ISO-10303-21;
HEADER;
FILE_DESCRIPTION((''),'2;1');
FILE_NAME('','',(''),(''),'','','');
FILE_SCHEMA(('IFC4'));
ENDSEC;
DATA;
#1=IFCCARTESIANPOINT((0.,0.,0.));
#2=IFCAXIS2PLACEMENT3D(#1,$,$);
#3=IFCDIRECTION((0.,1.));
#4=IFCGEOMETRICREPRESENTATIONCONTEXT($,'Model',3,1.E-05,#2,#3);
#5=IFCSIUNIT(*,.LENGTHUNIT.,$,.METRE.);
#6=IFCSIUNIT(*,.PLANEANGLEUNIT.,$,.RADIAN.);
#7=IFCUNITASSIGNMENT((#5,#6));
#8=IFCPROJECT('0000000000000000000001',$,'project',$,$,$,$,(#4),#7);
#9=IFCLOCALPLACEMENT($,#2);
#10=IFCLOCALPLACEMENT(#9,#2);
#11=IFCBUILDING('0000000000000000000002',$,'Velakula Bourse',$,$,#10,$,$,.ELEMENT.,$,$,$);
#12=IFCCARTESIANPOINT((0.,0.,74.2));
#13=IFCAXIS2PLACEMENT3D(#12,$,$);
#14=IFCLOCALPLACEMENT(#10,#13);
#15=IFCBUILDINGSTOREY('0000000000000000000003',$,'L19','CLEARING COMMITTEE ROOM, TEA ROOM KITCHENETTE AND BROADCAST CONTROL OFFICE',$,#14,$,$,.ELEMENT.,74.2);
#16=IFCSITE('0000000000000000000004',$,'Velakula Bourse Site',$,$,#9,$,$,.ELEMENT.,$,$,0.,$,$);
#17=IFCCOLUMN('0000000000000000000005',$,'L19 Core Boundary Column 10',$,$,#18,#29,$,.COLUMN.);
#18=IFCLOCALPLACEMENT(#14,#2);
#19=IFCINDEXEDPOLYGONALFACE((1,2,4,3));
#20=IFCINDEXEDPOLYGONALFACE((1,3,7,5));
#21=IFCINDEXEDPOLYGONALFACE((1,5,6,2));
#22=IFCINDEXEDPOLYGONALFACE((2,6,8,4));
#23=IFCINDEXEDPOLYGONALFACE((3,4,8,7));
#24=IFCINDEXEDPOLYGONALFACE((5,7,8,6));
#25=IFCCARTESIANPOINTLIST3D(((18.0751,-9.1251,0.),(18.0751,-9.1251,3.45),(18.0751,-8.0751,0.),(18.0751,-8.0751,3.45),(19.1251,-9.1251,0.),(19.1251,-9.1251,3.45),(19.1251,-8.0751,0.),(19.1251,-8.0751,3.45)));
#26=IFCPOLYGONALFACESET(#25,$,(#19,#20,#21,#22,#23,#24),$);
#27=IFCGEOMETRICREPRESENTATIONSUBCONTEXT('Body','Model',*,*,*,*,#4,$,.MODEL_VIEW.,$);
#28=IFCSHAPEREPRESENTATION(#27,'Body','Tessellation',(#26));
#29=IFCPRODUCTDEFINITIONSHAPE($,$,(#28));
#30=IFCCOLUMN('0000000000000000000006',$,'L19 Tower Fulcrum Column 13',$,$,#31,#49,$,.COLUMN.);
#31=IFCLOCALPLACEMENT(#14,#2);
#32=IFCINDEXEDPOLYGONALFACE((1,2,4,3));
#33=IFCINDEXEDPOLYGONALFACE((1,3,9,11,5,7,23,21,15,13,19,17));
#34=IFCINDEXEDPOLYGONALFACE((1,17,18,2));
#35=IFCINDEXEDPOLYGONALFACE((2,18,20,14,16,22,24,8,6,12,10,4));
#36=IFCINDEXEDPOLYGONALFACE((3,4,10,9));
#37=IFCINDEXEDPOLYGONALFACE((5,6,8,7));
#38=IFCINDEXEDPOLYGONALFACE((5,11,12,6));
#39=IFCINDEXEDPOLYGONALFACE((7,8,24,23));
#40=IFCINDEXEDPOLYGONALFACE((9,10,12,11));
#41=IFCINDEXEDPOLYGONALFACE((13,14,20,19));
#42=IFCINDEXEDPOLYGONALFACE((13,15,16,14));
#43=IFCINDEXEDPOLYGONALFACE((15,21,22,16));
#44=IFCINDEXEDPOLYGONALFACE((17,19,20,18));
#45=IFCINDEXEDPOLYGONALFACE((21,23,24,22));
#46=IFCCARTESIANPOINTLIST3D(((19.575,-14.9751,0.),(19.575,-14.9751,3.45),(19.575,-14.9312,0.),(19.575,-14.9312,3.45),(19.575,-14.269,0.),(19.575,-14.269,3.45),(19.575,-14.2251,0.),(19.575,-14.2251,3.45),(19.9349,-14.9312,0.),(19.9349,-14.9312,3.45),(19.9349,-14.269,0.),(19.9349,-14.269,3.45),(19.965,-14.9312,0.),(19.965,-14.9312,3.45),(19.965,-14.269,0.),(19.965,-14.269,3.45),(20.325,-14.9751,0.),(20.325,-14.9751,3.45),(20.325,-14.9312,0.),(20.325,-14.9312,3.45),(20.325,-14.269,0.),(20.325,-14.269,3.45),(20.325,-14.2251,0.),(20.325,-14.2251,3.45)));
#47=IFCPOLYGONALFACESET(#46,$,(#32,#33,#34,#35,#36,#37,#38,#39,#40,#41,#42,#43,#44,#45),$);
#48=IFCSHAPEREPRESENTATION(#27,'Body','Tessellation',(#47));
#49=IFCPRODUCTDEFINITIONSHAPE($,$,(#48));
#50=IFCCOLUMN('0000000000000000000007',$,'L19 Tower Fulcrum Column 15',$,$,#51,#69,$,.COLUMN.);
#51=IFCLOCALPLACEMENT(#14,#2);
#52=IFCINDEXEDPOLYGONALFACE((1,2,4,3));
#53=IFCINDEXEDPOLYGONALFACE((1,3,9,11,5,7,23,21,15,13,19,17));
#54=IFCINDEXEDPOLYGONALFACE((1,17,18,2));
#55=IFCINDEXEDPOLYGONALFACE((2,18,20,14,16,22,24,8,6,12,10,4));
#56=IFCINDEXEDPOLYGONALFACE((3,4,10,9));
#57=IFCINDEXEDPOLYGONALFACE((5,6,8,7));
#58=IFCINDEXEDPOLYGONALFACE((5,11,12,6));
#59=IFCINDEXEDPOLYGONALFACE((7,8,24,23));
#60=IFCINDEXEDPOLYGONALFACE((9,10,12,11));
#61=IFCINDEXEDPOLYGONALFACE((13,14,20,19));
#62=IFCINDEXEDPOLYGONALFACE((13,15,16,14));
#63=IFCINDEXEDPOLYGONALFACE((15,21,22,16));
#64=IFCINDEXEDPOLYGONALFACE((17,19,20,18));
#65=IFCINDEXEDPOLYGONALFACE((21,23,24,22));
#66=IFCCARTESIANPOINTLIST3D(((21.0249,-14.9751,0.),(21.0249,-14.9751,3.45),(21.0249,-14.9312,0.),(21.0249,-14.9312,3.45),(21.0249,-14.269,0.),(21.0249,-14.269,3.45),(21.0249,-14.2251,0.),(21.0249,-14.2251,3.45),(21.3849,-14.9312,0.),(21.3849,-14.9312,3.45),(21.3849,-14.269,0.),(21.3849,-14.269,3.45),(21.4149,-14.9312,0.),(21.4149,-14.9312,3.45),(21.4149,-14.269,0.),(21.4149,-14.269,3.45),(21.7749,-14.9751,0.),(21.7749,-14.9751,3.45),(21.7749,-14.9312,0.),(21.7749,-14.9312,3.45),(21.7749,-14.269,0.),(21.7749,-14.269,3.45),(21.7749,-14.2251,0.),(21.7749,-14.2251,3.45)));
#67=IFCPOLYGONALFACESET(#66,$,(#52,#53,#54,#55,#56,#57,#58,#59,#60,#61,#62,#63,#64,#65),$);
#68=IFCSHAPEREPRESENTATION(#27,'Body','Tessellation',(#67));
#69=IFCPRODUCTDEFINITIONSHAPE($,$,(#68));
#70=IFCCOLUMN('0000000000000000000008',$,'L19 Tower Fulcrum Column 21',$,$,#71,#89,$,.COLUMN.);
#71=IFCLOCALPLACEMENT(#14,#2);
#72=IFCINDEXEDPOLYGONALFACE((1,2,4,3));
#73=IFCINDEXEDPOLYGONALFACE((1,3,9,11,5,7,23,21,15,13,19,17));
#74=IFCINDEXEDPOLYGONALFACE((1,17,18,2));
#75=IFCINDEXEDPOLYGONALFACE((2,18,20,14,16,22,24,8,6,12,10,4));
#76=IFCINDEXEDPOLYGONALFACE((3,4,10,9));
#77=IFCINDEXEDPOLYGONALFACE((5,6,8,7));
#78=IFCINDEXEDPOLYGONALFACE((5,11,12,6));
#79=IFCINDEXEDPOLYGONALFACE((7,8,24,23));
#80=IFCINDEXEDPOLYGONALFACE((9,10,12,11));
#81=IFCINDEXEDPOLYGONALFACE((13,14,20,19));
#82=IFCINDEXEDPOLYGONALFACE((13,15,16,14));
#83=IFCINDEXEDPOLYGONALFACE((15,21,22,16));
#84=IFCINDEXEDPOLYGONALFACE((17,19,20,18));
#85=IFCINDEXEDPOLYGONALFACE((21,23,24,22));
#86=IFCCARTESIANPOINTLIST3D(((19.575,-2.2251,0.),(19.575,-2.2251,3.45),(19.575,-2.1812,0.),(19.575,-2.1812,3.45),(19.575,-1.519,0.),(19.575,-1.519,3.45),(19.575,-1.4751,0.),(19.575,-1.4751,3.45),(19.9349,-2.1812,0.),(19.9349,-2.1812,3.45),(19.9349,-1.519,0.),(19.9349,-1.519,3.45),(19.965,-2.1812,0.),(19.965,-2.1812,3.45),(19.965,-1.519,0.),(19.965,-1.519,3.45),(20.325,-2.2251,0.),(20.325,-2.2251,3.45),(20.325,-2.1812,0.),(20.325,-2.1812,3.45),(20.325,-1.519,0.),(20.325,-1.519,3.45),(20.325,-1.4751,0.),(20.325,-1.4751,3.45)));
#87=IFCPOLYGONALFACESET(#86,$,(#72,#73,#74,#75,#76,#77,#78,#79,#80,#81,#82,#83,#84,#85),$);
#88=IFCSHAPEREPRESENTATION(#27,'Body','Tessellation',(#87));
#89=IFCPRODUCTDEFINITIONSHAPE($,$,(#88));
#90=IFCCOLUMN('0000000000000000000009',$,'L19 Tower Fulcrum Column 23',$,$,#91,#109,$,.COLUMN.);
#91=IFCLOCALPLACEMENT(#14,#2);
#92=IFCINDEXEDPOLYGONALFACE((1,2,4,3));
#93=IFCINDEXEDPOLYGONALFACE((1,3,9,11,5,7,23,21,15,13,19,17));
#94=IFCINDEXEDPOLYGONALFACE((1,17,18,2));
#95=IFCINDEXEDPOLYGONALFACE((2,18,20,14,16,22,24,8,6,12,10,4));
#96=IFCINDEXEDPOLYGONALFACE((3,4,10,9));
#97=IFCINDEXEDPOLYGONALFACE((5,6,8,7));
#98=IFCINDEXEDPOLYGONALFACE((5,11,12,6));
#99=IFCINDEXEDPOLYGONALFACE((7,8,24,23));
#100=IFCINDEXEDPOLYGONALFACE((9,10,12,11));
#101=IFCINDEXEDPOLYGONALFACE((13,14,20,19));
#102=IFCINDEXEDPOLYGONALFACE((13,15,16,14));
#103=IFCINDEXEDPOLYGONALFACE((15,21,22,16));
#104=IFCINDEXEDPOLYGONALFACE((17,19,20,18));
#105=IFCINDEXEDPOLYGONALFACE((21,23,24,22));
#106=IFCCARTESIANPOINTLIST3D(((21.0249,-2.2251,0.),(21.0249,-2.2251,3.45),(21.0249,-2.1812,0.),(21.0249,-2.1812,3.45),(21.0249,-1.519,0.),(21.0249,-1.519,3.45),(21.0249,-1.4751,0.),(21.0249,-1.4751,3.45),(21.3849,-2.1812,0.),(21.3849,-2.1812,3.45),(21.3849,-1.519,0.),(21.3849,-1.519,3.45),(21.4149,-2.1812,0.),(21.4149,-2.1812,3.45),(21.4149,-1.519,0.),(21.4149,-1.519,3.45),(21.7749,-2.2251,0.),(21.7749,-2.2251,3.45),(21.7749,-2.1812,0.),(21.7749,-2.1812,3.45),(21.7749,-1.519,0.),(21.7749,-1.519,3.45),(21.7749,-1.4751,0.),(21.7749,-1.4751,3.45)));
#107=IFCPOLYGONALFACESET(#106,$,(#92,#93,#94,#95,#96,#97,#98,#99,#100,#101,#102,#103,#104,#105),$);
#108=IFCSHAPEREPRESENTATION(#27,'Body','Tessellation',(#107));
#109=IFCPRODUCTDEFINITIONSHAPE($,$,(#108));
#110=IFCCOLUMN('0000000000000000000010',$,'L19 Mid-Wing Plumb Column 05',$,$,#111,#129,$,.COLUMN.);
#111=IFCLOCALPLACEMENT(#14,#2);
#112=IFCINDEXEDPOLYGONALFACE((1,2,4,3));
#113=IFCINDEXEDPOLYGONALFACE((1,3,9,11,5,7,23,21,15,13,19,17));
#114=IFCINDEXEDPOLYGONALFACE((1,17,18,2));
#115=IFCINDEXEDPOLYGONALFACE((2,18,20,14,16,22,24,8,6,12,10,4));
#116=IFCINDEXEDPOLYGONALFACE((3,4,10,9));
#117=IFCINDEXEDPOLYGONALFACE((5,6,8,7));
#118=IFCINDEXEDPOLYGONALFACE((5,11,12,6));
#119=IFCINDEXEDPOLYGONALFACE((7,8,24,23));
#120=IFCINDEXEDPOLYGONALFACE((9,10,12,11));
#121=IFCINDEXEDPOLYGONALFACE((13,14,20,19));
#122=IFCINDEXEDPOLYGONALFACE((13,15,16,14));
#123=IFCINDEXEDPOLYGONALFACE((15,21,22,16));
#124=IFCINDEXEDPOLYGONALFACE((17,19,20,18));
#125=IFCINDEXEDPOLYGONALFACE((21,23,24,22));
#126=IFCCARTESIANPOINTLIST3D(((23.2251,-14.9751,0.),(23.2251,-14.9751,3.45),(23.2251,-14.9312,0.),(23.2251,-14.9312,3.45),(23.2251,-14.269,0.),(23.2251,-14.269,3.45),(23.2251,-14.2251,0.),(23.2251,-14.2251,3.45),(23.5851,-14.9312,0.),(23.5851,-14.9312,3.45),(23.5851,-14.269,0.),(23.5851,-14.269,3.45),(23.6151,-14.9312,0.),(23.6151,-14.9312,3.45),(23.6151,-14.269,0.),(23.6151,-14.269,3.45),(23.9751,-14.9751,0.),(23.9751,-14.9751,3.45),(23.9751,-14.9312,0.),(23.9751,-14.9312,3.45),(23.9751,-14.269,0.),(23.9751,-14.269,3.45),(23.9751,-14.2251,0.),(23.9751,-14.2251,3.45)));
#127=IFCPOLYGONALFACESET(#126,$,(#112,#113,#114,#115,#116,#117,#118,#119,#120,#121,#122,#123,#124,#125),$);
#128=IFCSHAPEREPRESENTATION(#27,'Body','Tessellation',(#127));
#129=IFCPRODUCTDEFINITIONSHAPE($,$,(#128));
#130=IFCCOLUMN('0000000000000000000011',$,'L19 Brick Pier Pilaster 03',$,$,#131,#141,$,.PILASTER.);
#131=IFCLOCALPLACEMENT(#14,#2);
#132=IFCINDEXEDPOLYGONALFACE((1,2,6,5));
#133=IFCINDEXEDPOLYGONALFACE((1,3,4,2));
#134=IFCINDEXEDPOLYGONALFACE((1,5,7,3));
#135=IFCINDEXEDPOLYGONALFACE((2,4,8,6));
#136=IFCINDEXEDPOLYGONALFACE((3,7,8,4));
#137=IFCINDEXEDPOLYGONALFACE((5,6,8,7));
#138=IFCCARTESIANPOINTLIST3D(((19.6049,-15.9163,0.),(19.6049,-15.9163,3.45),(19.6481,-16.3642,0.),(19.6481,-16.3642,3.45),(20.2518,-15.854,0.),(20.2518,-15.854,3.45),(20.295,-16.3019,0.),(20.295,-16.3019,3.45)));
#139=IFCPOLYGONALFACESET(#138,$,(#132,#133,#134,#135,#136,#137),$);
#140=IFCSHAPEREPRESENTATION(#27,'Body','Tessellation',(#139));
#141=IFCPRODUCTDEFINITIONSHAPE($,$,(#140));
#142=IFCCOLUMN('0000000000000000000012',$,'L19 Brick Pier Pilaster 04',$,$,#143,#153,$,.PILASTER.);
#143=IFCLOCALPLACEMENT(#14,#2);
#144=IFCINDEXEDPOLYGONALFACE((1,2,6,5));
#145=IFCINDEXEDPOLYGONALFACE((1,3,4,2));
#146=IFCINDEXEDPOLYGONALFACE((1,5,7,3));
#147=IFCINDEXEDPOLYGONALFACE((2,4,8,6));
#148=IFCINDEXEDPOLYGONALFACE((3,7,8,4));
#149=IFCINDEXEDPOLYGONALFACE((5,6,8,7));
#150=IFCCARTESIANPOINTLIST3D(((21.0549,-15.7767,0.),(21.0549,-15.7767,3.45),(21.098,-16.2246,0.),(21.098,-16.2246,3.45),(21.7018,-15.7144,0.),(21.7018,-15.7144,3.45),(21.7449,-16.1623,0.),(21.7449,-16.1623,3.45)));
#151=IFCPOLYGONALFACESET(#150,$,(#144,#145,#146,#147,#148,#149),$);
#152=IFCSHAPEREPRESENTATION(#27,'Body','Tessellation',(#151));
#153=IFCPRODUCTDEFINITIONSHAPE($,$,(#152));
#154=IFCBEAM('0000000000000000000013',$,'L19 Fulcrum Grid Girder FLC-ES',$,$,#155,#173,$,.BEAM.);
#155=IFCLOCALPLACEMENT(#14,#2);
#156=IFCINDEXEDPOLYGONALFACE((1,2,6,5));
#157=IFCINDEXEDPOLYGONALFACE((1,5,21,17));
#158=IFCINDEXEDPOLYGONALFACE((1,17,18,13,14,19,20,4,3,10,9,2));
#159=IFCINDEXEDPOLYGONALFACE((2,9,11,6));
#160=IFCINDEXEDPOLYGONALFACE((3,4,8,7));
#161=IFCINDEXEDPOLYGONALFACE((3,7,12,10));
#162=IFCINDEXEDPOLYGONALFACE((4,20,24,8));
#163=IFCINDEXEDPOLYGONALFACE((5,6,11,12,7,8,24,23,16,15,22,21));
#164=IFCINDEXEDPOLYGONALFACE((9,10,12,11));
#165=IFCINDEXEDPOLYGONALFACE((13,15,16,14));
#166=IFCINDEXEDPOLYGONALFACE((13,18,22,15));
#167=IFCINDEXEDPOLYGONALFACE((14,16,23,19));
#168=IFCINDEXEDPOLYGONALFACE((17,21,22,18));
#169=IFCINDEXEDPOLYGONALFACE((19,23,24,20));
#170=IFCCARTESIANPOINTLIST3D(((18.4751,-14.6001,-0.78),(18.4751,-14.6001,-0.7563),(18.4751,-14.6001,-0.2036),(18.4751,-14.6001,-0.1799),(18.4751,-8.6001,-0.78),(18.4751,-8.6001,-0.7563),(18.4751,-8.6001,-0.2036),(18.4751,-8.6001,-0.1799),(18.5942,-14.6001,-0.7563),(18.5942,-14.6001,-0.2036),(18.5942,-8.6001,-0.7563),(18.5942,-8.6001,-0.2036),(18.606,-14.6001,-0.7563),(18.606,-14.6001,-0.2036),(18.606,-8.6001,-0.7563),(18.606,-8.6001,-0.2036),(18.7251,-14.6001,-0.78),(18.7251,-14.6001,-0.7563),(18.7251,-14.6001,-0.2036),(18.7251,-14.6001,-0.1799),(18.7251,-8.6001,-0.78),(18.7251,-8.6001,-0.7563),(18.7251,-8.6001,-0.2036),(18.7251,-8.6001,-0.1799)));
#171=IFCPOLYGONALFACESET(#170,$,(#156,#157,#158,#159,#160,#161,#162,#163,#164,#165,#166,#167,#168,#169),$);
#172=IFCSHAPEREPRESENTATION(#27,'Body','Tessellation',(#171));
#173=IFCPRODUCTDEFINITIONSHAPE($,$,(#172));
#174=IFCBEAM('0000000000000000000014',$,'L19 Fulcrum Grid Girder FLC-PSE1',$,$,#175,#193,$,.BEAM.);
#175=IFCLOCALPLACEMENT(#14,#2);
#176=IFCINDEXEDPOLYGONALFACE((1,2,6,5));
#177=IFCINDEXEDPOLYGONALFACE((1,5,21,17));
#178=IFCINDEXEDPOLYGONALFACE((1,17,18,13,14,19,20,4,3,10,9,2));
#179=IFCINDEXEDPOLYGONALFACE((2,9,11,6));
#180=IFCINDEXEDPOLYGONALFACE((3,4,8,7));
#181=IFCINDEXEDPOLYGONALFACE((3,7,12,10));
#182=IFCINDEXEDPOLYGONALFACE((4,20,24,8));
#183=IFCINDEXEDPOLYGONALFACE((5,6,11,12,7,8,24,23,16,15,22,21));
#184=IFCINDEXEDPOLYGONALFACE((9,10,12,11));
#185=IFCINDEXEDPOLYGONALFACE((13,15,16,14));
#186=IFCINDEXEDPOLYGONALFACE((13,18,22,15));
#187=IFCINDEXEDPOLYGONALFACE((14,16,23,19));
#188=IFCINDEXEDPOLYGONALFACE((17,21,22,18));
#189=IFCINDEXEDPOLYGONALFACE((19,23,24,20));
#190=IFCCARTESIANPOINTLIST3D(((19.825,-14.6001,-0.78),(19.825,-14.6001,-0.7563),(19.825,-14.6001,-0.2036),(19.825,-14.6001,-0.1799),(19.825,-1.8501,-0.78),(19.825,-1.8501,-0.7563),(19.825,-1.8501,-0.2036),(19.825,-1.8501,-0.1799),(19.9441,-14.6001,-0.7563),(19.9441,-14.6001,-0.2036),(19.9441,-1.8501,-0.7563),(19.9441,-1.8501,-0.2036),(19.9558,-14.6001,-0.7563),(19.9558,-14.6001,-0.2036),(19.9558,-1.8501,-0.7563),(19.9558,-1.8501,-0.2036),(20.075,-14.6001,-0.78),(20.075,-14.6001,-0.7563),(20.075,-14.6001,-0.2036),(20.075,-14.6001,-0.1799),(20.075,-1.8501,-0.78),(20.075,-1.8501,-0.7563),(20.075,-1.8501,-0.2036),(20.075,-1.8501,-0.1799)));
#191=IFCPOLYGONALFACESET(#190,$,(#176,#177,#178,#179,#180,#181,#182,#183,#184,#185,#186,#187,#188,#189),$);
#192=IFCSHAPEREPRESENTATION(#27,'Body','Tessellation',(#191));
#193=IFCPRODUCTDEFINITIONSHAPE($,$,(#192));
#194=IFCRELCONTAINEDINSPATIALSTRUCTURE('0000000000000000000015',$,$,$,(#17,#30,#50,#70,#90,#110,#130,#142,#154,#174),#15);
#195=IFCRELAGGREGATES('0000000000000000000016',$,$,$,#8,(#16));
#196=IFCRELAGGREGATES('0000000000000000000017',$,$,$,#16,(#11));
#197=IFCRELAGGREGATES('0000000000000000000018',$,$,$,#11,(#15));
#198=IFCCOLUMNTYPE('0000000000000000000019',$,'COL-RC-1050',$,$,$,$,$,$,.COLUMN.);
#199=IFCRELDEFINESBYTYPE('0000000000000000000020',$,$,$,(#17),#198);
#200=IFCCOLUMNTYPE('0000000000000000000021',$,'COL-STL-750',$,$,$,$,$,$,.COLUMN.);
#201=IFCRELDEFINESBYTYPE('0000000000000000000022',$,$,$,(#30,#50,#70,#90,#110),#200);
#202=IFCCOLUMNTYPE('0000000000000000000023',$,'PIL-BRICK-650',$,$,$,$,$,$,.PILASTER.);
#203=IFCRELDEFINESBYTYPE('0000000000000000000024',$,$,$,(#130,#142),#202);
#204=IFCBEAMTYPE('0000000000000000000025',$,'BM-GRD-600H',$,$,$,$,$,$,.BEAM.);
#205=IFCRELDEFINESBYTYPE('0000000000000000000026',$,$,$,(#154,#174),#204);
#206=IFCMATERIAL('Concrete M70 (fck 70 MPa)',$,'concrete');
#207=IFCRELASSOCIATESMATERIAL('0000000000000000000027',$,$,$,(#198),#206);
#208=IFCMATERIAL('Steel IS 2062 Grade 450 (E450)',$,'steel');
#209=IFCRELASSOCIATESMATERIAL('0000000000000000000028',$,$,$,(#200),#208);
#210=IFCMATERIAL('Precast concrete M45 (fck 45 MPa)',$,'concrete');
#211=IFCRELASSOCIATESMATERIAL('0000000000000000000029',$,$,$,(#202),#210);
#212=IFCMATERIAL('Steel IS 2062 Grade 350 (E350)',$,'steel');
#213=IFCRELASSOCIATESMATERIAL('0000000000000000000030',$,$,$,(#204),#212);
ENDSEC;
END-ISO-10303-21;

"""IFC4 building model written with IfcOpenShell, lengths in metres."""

from ifc_helpers import new_model, si_unit, direction, frame, origin, origin_2d, place, context, subcontext, project, spatial, rectangle, i_section, extrude, material, material_profile, profile_set, type_object, element, save


model = new_model("IFC4")

# Units and contexts
model_context = context("Model", 3, precision=1e-05, world=origin(), true_north=direction((0.0, 1.0)))
body_context = subcontext(model_context, "Body", "Model", "MODEL_VIEW")
ifc_project = project(units=[si_unit("LENGTHUNIT", "METRE"), si_unit("PLANEANGLEUNIT", "RADIAN")], contexts=[model_context])

# Site, building, storey
site_placement = place(None, origin())
site = spatial("IfcSite", under=ifc_project, at=site_placement, Name="Velakula Bourse Site", CompositionType="ELEMENT", RefElevation=0.0)
building_placement = place(site_placement, origin())
building = spatial("IfcBuilding", under=site, at=building_placement, Name="Velakula Bourse", CompositionType="ELEMENT")
storey_placement = place(building_placement, frame((0.0, 0.0, 74.2)))
storey = spatial("IfcBuildingStorey", under=building, at=storey_placement, Name="L19", Description="CLEARING COMMITTEE ROOM, TEA ROOM KITCHENETTE AND BROADCAST CONTROL OFFICE", CompositionType="ELEMENT", Elevation=74.2)

# Columns
ifc_material_1 = material(Name="Concrete M70 (fck 70 MPa)", Category="concrete")
ifc_material_profile_1 = material_profile(ifc_material_1, rectangle(XDim=1.05, YDim=1.05, at=origin_2d()), Name="Concrete M70 (fck 70 MPa)")
ifc_profile_set_1 = profile_set([ifc_material_profile_1], Name="Concrete M70 (fck 70 MPa)")
column_type_1 = type_object("IfcColumnType", Name="COL-RC-1050", PredefinedType="COLUMN", material=ifc_profile_set_1)
column_placement = place(storey_placement, frame((18.6001, -8.6001, 0.0), z_axis=(0.0, 0.0, 1.0), x_axis=(1.0, 0.0, 0.0)))
element("IfcColumn", 1, at=column_placement, inside=storey, type_object=column_type_1, Name="L19 Core Boundary Column 10", PredefinedType="COLUMN", context=body_context, shape_type="SweptSolid", body=[
    extrude(rectangle(XDim=1.05, YDim=1.05, at=origin_2d()), origin(), (0.0, 0.0, 1.0), 3.45),
])
ifc_material_2 = material(Name="Steel IS 2062 Grade 450 (E450)", Category="steel")
ifc_material_profile_2 = material_profile(ifc_material_2, i_section(OverallWidth=0.75, OverallDepth=0.75, WebThickness=0.03, FlangeThickness=0.0439, at=origin_2d()), Name="Steel IS 2062 Grade 450 (E450)")
ifc_profile_set_2 = profile_set([ifc_material_profile_2], Name="Steel IS 2062 Grade 450 (E450)")
column_type_2 = type_object("IfcColumnType", Name="COL-STL-750", PredefinedType="COLUMN", material=ifc_profile_set_2)
for number, where, z_axis, x_axis, name in (
    (2, (19.95, -14.6001, 0.0), (0.0, 0.0, 1.0), (1.0, 0.0, 0.0), "L19 Tower Fulcrum Column 13"),
    (3, (21.3999, -14.6001, 0.0), (0.0, 0.0, 1.0), (1.0, 0.0, 0.0), "L19 Tower Fulcrum Column 15"),
    (4, (19.95, -1.8501, 0.0), (0.0, 0.0, 1.0), (1.0, 0.0, 0.0), "L19 Tower Fulcrum Column 21"),
    (5, (21.3999, -1.8501, 0.0), (0.0, 0.0, 1.0), (1.0, 0.0, 0.0), "L19 Tower Fulcrum Column 23"),
    (6, (23.6001, -14.6001, 0.0), (0.0, 0.0, 1.0), (1.0, 0.0, 0.0), "L19 Mid-Wing Plumb Column 05"),
):
    element("IfcColumn", number, at=place(storey_placement, frame(where, z_axis=z_axis, x_axis=x_axis)), inside=storey, type_object=column_type_2, Name=name, PredefinedType="COLUMN", context=body_context, shape_type="SweptSolid", body=[
        extrude(i_section(OverallWidth=0.75, OverallDepth=0.75, WebThickness=0.03, FlangeThickness=0.0439, at=origin_2d()), origin(), (0.0, 0.0, 1.0), 3.45),
    ])
ifc_material_3 = material(Name="Precast concrete M45 (fck 45 MPa)", Category="concrete")
ifc_material_profile_3 = material_profile(ifc_material_3, rectangle(XDim=0.6499, YDim=0.45, at=origin_2d()), Name="Precast concrete M45 (fck 45 MPa)")
ifc_profile_set_3 = profile_set([ifc_material_profile_3], Name="Precast concrete M45 (fck 45 MPa)")
column_type_3 = type_object("IfcColumnType", Name="PIL-BRICK-650", PredefinedType="PILASTER", material=ifc_profile_set_3)
for number, where, z_axis, x_axis, name in (
    (7, (19.95, -16.1091, 0.0), (0.0, 0.0, 1.0), (0.995396, 0.095846, 0.0), "L19 Brick Pier Pilaster 03"),
    (8, (21.3999, -15.9695, 0.0), (0.0, 0.0, 1.0), (0.995396, 0.095846, 0.0), "L19 Brick Pier Pilaster 04"),
):
    element("IfcColumn", number, at=place(storey_placement, frame(where, z_axis=z_axis, x_axis=x_axis)), inside=storey, type_object=column_type_3, Name=name, PredefinedType="PILASTER", context=body_context, shape_type="SweptSolid", body=[
        extrude(rectangle(XDim=0.6499, YDim=0.45, at=origin_2d()), origin(), (0.0, 0.0, 1.0), 3.45),
    ])

# Beams
ifc_material_4 = material(Name="Steel IS 2062 Grade 350 (E350)", Category="steel")
ifc_material_profile_4 = material_profile(ifc_material_4, i_section(OverallWidth=0.25, OverallDepth=0.6001, WebThickness=0.0117, FlangeThickness=0.0237, at=origin_2d()), Name="Steel IS 2062 Grade 350 (E350)")
ifc_profile_set_4 = profile_set([ifc_material_profile_4], Name="Steel IS 2062 Grade 350 (E350)")
beam_type_1 = type_object("IfcBeamType", Name="BM-GRD-600H", PredefinedType="BEAM", material=ifc_profile_set_4)
beam_1_placement = place(storey_placement, frame((18.6001, -14.6001, -0.48), z_axis=(0.0, 1.0, 0.0), x_axis=(-1.0, 0.0, 0.0)))
element("IfcBeam", 9, at=beam_1_placement, inside=storey, type_object=beam_type_1, Name="L19 Fulcrum Grid Girder FLC-ES", PredefinedType="BEAM", context=body_context, shape_type="SweptSolid", body=[
    extrude(i_section(OverallWidth=0.25, OverallDepth=0.6001, WebThickness=0.0117, FlangeThickness=0.0237, at=origin_2d()), origin(), (0.0, 0.0, 1.0), 6.0),
])
for number, where, z_axis, x_axis, name in (
    (10, (19.95, -14.6001, -0.48), (0.0, 1.0, 0.0), (-1.0, 0.0, 0.0), "L19 Fulcrum Grid Girder FLC-PSE1"),
):
    element("IfcBeam", number, at=place(storey_placement, frame(where, z_axis=z_axis, x_axis=x_axis)), inside=storey, type_object=beam_type_1, Name=name, PredefinedType="BEAM", context=body_context, shape_type="SweptSolid", body=[
        extrude(i_section(OverallWidth=0.25, OverallDepth=0.6001, WebThickness=0.0117, FlangeThickness=0.0237, at=origin_2d()), origin(), (0.0, 0.0, 1.0), 12.75),
    ])

save(model, "model.ifc")
